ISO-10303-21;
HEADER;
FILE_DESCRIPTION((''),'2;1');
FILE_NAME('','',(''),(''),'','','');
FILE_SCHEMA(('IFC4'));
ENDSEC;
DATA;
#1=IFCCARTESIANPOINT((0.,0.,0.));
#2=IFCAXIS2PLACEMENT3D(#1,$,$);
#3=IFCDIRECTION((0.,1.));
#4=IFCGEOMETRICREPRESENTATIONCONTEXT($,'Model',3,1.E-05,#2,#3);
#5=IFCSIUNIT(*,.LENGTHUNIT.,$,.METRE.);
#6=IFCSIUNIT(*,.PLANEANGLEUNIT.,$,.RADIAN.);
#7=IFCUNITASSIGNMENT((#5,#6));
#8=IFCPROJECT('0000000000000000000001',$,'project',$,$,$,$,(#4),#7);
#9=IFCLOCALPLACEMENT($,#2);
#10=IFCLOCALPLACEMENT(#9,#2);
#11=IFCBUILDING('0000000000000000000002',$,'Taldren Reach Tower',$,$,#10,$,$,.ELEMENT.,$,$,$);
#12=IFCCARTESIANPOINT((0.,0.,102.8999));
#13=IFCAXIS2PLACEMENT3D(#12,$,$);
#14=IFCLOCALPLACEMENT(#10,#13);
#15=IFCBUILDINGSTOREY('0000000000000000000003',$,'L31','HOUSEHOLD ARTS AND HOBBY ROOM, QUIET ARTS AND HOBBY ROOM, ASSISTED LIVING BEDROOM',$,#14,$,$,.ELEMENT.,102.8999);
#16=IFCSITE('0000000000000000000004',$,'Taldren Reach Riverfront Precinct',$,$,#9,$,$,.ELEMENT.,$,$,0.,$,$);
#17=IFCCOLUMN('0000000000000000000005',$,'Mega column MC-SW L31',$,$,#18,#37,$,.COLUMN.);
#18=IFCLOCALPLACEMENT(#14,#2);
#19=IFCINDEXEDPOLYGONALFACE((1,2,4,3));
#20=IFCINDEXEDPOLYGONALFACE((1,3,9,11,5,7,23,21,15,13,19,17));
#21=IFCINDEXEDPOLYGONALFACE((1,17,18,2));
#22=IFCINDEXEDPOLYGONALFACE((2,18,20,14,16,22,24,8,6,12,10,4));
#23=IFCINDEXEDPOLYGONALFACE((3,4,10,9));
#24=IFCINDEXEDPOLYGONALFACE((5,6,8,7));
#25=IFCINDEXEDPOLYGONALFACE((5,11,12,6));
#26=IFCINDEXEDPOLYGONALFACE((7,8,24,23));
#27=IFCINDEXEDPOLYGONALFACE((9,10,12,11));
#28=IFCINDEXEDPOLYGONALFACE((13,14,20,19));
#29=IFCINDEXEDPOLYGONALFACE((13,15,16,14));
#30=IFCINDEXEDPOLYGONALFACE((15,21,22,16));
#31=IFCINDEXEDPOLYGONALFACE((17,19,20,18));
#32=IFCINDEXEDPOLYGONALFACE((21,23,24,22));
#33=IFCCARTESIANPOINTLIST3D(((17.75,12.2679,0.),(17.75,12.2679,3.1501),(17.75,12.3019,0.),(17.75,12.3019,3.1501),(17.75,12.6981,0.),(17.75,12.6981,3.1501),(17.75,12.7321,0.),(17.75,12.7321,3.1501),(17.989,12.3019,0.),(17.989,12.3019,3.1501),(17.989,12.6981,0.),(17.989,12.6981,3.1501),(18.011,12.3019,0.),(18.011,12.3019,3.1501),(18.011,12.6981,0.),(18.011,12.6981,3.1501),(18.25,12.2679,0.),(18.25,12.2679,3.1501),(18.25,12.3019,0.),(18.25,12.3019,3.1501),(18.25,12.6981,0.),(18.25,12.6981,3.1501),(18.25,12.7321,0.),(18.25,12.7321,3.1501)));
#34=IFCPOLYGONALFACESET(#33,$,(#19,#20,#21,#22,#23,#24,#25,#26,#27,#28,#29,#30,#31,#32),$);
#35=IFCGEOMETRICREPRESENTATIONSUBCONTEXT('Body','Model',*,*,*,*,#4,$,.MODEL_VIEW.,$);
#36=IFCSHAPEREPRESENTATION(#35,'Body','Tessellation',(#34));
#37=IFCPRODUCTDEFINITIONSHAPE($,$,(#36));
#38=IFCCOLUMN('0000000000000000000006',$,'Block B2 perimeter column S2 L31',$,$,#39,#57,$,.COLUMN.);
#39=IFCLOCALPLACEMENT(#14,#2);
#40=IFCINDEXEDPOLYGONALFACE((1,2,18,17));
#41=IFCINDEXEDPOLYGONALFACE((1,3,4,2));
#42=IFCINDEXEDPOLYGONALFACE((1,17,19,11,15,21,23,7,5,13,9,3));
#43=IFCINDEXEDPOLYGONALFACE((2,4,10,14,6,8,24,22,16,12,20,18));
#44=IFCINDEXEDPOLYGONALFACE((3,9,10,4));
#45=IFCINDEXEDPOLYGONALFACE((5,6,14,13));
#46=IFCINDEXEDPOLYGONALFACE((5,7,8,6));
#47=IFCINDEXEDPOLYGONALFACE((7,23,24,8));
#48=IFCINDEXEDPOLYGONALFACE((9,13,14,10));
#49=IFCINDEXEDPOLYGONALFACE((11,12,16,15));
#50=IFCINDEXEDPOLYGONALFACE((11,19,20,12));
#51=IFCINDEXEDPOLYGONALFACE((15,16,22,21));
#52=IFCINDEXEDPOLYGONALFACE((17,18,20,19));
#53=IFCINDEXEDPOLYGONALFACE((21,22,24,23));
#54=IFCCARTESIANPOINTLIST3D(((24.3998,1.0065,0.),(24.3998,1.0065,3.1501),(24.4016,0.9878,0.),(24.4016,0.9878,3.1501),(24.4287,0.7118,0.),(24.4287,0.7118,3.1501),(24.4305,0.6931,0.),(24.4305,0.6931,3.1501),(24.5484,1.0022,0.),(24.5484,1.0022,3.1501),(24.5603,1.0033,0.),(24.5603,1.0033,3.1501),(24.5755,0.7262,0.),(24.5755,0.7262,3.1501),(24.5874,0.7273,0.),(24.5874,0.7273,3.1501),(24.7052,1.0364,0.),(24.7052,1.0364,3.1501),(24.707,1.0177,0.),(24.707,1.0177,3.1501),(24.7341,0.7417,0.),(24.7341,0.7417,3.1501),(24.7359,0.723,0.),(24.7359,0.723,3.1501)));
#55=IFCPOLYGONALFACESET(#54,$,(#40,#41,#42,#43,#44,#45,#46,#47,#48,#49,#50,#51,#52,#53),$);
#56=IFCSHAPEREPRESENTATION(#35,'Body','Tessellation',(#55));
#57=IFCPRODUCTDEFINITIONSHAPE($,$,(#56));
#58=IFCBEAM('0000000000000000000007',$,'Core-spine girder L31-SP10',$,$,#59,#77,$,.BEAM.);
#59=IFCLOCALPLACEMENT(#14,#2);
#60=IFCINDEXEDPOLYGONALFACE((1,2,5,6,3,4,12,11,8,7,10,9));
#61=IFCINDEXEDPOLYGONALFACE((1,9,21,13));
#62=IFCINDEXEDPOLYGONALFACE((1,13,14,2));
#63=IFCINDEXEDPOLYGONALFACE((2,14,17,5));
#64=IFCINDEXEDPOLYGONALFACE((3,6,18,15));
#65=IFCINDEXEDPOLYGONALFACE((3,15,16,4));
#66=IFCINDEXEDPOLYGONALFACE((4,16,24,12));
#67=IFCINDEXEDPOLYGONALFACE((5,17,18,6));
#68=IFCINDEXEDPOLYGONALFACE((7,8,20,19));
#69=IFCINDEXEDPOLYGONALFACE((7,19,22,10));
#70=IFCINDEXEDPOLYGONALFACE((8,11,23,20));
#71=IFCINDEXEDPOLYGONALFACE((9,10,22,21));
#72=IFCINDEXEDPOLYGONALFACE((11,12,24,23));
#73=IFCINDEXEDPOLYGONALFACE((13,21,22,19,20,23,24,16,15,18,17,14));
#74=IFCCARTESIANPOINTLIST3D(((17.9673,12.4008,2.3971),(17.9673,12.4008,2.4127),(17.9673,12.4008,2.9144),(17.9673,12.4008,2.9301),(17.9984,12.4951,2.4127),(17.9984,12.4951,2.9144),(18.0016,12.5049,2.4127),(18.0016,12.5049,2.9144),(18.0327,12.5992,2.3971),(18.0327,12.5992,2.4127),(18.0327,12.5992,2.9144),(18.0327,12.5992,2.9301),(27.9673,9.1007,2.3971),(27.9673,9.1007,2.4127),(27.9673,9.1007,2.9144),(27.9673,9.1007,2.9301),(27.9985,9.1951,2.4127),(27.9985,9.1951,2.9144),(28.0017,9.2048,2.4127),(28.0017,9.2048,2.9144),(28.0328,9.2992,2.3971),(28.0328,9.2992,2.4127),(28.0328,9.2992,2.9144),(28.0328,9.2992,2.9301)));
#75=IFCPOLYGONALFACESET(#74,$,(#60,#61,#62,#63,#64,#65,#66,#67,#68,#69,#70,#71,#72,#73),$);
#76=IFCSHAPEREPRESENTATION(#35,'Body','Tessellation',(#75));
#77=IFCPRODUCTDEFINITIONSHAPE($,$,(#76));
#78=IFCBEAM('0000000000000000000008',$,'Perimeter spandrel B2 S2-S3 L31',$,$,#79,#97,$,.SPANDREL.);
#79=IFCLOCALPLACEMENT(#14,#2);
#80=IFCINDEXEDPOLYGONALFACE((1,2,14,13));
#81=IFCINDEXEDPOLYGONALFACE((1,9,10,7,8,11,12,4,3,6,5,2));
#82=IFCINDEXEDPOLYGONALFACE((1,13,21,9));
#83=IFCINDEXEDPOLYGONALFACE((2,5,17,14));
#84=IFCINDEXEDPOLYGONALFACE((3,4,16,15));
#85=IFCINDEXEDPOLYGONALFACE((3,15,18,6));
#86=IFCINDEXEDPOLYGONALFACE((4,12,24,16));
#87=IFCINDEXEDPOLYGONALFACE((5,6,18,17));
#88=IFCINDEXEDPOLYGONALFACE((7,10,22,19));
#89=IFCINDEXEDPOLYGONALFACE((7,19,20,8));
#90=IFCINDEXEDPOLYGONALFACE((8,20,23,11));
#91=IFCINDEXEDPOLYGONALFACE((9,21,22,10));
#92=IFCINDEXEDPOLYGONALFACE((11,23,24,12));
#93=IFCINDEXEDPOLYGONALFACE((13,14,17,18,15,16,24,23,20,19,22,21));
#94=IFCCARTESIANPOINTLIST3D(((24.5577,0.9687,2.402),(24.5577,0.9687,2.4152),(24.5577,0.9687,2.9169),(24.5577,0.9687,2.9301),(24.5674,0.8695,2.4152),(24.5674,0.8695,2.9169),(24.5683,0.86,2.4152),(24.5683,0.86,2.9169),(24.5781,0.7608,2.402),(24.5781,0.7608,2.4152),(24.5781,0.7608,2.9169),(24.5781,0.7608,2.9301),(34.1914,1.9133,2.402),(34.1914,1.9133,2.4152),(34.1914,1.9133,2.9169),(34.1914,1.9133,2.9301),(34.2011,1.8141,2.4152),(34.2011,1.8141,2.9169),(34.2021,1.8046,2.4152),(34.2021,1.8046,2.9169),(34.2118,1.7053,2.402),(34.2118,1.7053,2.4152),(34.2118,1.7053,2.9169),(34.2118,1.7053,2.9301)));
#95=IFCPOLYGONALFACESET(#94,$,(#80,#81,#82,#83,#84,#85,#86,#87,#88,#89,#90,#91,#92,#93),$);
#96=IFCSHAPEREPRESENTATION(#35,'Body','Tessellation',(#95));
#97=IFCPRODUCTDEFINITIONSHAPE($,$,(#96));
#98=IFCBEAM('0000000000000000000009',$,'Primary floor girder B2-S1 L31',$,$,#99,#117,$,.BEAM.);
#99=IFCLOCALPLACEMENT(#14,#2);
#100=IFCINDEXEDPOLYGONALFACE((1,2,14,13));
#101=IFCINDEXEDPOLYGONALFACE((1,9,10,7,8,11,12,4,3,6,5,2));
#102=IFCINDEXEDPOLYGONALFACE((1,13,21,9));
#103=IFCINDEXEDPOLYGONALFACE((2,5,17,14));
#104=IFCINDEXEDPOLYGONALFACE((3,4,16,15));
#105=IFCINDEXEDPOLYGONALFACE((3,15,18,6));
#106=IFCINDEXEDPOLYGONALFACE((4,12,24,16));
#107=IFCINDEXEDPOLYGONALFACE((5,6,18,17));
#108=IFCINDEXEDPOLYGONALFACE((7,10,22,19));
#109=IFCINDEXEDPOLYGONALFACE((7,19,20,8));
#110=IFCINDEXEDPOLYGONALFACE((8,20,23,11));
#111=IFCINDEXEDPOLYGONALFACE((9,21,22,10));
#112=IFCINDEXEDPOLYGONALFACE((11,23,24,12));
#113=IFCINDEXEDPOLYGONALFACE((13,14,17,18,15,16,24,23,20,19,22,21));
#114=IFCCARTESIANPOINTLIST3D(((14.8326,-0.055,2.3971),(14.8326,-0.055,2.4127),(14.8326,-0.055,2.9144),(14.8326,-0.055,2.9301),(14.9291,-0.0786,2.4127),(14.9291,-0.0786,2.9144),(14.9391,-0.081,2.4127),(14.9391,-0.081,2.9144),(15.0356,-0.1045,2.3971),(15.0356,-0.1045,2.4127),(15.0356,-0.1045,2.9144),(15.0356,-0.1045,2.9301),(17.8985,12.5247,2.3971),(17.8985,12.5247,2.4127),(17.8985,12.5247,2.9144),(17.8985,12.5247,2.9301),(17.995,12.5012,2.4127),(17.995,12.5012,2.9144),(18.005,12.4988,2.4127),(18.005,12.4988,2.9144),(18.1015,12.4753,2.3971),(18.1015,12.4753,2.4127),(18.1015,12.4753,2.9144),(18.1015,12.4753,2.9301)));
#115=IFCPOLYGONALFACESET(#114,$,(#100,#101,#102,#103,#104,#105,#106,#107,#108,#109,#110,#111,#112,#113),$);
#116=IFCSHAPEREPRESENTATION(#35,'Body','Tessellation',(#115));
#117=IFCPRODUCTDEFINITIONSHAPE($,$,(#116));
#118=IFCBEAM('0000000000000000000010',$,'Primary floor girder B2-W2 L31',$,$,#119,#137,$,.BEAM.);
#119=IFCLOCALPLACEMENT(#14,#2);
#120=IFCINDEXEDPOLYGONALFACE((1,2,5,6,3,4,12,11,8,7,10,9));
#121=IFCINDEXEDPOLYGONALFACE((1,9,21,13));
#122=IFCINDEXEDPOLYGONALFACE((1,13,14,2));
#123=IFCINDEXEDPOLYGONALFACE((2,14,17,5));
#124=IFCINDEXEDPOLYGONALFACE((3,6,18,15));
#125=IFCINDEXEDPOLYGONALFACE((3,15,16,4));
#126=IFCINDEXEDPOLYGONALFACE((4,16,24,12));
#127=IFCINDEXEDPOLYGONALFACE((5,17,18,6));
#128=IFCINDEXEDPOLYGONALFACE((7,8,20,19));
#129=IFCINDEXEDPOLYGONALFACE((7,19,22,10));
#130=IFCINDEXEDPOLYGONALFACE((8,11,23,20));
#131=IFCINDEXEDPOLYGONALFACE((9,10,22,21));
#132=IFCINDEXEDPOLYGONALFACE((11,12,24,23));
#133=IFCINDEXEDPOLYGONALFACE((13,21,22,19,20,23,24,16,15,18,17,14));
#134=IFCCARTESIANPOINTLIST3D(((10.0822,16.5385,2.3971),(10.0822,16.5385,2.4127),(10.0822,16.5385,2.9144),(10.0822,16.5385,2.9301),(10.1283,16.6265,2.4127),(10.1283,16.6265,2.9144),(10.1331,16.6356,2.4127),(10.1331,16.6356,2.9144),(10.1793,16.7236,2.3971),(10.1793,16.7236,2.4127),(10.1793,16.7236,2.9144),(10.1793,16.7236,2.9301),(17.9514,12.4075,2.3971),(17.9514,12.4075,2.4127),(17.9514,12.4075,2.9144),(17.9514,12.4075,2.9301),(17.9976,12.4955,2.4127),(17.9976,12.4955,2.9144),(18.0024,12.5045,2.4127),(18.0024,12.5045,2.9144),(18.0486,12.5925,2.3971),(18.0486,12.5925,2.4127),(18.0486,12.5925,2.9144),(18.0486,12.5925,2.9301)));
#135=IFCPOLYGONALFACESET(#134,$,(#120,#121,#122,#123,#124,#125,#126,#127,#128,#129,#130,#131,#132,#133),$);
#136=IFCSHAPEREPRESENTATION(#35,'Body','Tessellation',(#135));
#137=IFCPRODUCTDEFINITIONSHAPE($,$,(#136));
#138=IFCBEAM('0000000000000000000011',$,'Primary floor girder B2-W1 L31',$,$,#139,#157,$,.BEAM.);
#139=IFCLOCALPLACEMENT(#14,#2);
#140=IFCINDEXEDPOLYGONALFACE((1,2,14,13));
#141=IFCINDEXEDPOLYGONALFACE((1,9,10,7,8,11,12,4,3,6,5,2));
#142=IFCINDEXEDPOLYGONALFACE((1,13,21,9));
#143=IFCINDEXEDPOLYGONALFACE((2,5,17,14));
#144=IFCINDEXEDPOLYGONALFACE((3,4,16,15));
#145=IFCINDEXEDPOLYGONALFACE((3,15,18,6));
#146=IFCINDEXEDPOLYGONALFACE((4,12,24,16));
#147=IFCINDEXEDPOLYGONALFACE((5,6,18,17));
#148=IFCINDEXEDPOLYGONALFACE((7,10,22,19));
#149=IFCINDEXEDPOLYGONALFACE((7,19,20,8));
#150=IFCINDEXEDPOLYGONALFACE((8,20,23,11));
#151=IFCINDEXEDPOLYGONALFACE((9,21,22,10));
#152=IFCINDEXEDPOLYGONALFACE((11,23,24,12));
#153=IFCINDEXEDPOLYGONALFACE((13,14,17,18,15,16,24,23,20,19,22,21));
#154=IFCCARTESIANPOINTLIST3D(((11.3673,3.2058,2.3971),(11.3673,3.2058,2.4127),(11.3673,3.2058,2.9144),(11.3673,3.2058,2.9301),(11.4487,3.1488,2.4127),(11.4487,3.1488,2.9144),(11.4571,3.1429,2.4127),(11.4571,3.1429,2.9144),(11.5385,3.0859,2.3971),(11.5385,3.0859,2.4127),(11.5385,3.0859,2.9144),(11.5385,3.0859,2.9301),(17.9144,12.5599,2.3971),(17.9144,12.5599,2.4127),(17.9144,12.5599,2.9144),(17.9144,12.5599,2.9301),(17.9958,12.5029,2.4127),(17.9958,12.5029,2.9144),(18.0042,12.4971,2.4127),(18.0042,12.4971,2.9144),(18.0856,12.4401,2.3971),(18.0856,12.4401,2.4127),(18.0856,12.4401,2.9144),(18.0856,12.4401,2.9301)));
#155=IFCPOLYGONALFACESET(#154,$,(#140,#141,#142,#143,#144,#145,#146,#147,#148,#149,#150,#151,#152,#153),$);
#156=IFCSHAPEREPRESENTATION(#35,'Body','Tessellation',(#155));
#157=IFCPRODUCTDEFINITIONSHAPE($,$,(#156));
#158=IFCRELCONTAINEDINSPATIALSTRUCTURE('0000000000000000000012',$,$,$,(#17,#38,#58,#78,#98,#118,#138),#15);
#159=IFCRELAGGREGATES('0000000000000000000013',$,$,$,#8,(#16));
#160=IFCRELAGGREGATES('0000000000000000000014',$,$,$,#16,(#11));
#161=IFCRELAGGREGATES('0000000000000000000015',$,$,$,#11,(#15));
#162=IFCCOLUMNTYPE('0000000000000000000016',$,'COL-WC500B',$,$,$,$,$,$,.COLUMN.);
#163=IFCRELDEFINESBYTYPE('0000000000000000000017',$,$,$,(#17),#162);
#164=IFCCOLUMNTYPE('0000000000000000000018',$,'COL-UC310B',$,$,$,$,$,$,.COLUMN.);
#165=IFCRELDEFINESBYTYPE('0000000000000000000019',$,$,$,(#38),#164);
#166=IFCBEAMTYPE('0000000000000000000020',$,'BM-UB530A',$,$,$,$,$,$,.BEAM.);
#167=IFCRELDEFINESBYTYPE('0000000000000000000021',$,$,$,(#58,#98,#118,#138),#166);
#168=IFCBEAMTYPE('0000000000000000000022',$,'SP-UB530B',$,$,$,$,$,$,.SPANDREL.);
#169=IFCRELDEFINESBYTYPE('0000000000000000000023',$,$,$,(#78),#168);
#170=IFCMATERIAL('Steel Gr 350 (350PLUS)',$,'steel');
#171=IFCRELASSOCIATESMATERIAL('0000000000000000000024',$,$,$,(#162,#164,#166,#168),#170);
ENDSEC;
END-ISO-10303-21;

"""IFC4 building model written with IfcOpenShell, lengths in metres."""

from ifc_helpers import new_model, si_unit, direction, frame, origin, origin_2d, place, context, subcontext, project, spatial, i_section, extrude, source, transform, mapped, material, material_profile, profile_set, type_object, element, save


model = new_model("IFC4")

# Units and contexts
model_context = context("Model", 3, precision=1e-05, world=origin(), true_north=direction((0.0, 1.0)))
body_context = subcontext(model_context, "Body", "Model", "MODEL_VIEW")
ifc_project = project(units=[si_unit("LENGTHUNIT", "METRE"), si_unit("PLANEANGLEUNIT", "RADIAN")], contexts=[model_context])

# Site, building, storey
site_placement = place(None, origin())
site = spatial("IfcSite", under=ifc_project, at=site_placement, Name="Taldren Reach Riverfront Precinct", CompositionType="ELEMENT", RefElevation=0.0)
building_placement = place(site_placement, origin())
building = spatial("IfcBuilding", under=site, at=building_placement, Name="Taldren Reach Tower", CompositionType="ELEMENT")
storey_placement = place(building_placement, frame((0.0, 0.0, 102.8999)))
storey = spatial("IfcBuildingStorey", under=building, at=storey_placement, Name="L31", Description="HOUSEHOLD ARTS AND HOBBY ROOM, QUIET ARTS AND HOBBY ROOM, ASSISTED LIVING BEDROOM", CompositionType="ELEMENT", Elevation=102.8999)

# Columns
ifc_material_1 = material(Name="Steel Gr 350 (350PLUS)", Category="steel")
ifc_material_profile_1 = material_profile(ifc_material_1, i_section(OverallWidth=0.5, OverallDepth=0.4641, WebThickness=0.022, FlangeThickness=0.0339, at=origin_2d()), Name="500WC340")
ifc_profile_set_1 = profile_set([ifc_material_profile_1], Name="Steel Gr 350 (350PLUS)")
column_type_1 = type_object("IfcColumnType", Name="COL-WC500B", PredefinedType="COLUMN", material=ifc_profile_set_1)
shared_shape_1 = source(origin(), body_context, "Body", "SweptSolid", [
    extrude(i_section(OverallWidth=0.5, OverallDepth=0.4641, WebThickness=0.022, FlangeThickness=0.0339, at=origin_2d()), origin(), (0.0, 0.0, 1.0), 3.1501),
])
column_1_placement = place(storey_placement, frame((18.0, 12.5, 0.0), z_axis=(0.0, 0.0, 1.0), x_axis=(1.0, 0.0, 0.0)))
element("IfcColumn", 1, at=column_1_placement, inside=storey, type_object=column_type_1, Name="Mega column MC-SW L31", PredefinedType="COLUMN", context=body_context, shape_type="MappedRepresentation", body=[
    mapped(shared_shape_1, transform((0.0, 0.0, 0.0), scale=1.0)),
])
ifc_material_profile_2 = material_profile(ifc_material_1, i_section(OverallWidth=0.3069, OverallDepth=0.3149, WebThickness=0.012, FlangeThickness=0.0188, at=origin_2d()), Name="310UC118")
ifc_profile_set_2 = profile_set([ifc_material_profile_2], Name="Steel Gr 350 (350PLUS)")
column_type_2 = type_object("IfcColumnType", Name="COL-UC310B", PredefinedType="COLUMN", material=ifc_profile_set_2)
shared_shape_2 = source(origin(), body_context, "Body", "SweptSolid", [
    extrude(i_section(OverallWidth=0.3069, OverallDepth=0.3149, WebThickness=0.012, FlangeThickness=0.0188, at=origin_2d()), origin(), (0.0, 0.0, 1.0), 3.1501),
])
column_2_placement = place(storey_placement, frame((24.5679, 0.8647, 0.0), z_axis=(0.0, 0.0, 1.0), x_axis=(0.995227, 0.097583, 0.0)))
element("IfcColumn", 2, at=column_2_placement, inside=storey, type_object=column_type_2, Name="Block B2 perimeter column S2 L31", PredefinedType="COLUMN", context=body_context, shape_type="MappedRepresentation", body=[
    mapped(shared_shape_2, transform((0.0, 0.0, 0.0), scale=1.0)),
])

# Beams
ifc_material_profile_3 = material_profile(ifc_material_1, i_section(OverallWidth=0.209, OverallDepth=0.533, WebThickness=0.0103, FlangeThickness=0.0156, at=origin_2d()), Name="530UB92.4")
ifc_profile_set_3 = profile_set([ifc_material_profile_3], Name="Steel Gr 350 (350PLUS)")
beam_type_1 = type_object("IfcBeamType", Name="BM-UB530A", PredefinedType="BEAM", material=ifc_profile_set_3)
shared_shape_3 = source(origin(), body_context, "Body", "SweptSolid", [
    extrude(i_section(OverallWidth=0.209, OverallDepth=0.533, WebThickness=0.0103, FlangeThickness=0.0156, at=origin_2d()), origin(), (0.0, 0.0, 1.0), 10.5305),
])
beam_1_placement = place(storey_placement, frame((18.0, 12.5, 2.6636), z_axis=(0.949627, -0.313382, 0.0), x_axis=(0.313382, 0.949627, 0.0)))
element("IfcBeam", 3, at=beam_1_placement, inside=storey, type_object=beam_type_1, Name="Core-spine girder L31-SP10", PredefinedType="BEAM", context=body_context, shape_type="MappedRepresentation", body=[
    mapped(shared_shape_3, transform((0.0, 0.0, 0.0), scale=1.0)),
])
ifc_material_profile_4 = material_profile(ifc_material_1, i_section(OverallWidth=0.209, OverallDepth=0.5281, WebThickness=0.0095, FlangeThickness=0.0132, at=origin_2d()), Name="530UB82.0")
ifc_profile_set_4 = profile_set([ifc_material_profile_4], Name="Steel Gr 350 (350PLUS)")
beam_type_2 = type_object("IfcBeamType", Name="SP-UB530B", PredefinedType="SPANDREL", material=ifc_profile_set_4)
shared_shape_4 = source(origin(), body_context, "Body", "SweptSolid", [
    extrude(i_section(OverallWidth=0.209, OverallDepth=0.5281, WebThickness=0.0095, FlangeThickness=0.0132, at=origin_2d()), origin(), (0.0, 0.0, 1.0), 9.6799),
])
beam_2_placement = place(storey_placement, frame((24.5679, 0.8647, 2.666), z_axis=(0.995228, 0.097581, 0.0), x_axis=(-0.097581, 0.995228, 0.0)))
element("IfcBeam", 4, at=beam_2_placement, inside=storey, type_object=beam_type_2, Name="Perimeter spandrel B2 S2-S3 L31", PredefinedType="SPANDREL", context=body_context, shape_type="MappedRepresentation", body=[
    mapped(shared_shape_4, transform((0.0, 0.0, 0.0), scale=1.0)),
])
shared_shape_5 = source(origin(), body_context, "Body", "SweptSolid", [
    extrude(i_section(OverallWidth=0.209, OverallDepth=0.533, WebThickness=0.0103, FlangeThickness=0.0156, at=origin_2d()), origin(), (0.0, 0.0, 1.0), 12.948),
])
beam_3_placement = place(storey_placement, frame((18.0, 12.5, 2.6636), z_axis=(-0.236786, -0.971562, 0.0), x_axis=(0.971562, -0.236786, 0.0)))
element("IfcBeam", 5, at=beam_3_placement, inside=storey, type_object=beam_type_1, Name="Primary floor girder B2-S1 L31", PredefinedType="BEAM", context=body_context, shape_type="MappedRepresentation", body=[
    mapped(shared_shape_5, transform((0.0, 0.0, 0.0), scale=1.0)),
])
shared_shape_6 = source(origin(), body_context, "Body", "SweptSolid", [
    extrude(i_section(OverallWidth=0.209, OverallDepth=0.533, WebThickness=0.0103, FlangeThickness=0.0156, at=origin_2d()), origin(), (0.0, 0.0, 1.0), 8.8877),
])
beam_4_placement = place(storey_placement, frame((18.0, 12.5, 2.6636), z_axis=(-0.885413, 0.464805, 0.0), x_axis=(-0.464805, -0.885413, 0.0)))
element("IfcBeam", 6, at=beam_4_placement, inside=storey, type_object=beam_type_1, Name="Primary floor girder B2-W2 L31", PredefinedType="BEAM", context=body_context, shape_type="MappedRepresentation", body=[
    mapped(shared_shape_6, transform((0.0, 0.0, 0.0), scale=1.0)),
])
shared_shape_7 = source(origin(), body_context, "Body", "SweptSolid", [
    extrude(i_section(OverallWidth=0.209, OverallDepth=0.533, WebThickness=0.0103, FlangeThickness=0.0156, at=origin_2d()), origin(), (0.0, 0.0, 1.0), 11.4177),
])
beam_5_placement = place(storey_placement, frame((18.0, 12.5, 2.6636), z_axis=(-0.573412, -0.819267, 0.0), x_axis=(0.819267, -0.573412, 0.0)))
element("IfcBeam", 7, at=beam_5_placement, inside=storey, type_object=beam_type_1, Name="Primary floor girder B2-W1 L31", PredefinedType="BEAM", context=body_context, shape_type="MappedRepresentation", body=[
    mapped(shared_shape_7, transform((0.0, 0.0, 0.0), scale=1.0)),
])

save(model, "model.ifc")
